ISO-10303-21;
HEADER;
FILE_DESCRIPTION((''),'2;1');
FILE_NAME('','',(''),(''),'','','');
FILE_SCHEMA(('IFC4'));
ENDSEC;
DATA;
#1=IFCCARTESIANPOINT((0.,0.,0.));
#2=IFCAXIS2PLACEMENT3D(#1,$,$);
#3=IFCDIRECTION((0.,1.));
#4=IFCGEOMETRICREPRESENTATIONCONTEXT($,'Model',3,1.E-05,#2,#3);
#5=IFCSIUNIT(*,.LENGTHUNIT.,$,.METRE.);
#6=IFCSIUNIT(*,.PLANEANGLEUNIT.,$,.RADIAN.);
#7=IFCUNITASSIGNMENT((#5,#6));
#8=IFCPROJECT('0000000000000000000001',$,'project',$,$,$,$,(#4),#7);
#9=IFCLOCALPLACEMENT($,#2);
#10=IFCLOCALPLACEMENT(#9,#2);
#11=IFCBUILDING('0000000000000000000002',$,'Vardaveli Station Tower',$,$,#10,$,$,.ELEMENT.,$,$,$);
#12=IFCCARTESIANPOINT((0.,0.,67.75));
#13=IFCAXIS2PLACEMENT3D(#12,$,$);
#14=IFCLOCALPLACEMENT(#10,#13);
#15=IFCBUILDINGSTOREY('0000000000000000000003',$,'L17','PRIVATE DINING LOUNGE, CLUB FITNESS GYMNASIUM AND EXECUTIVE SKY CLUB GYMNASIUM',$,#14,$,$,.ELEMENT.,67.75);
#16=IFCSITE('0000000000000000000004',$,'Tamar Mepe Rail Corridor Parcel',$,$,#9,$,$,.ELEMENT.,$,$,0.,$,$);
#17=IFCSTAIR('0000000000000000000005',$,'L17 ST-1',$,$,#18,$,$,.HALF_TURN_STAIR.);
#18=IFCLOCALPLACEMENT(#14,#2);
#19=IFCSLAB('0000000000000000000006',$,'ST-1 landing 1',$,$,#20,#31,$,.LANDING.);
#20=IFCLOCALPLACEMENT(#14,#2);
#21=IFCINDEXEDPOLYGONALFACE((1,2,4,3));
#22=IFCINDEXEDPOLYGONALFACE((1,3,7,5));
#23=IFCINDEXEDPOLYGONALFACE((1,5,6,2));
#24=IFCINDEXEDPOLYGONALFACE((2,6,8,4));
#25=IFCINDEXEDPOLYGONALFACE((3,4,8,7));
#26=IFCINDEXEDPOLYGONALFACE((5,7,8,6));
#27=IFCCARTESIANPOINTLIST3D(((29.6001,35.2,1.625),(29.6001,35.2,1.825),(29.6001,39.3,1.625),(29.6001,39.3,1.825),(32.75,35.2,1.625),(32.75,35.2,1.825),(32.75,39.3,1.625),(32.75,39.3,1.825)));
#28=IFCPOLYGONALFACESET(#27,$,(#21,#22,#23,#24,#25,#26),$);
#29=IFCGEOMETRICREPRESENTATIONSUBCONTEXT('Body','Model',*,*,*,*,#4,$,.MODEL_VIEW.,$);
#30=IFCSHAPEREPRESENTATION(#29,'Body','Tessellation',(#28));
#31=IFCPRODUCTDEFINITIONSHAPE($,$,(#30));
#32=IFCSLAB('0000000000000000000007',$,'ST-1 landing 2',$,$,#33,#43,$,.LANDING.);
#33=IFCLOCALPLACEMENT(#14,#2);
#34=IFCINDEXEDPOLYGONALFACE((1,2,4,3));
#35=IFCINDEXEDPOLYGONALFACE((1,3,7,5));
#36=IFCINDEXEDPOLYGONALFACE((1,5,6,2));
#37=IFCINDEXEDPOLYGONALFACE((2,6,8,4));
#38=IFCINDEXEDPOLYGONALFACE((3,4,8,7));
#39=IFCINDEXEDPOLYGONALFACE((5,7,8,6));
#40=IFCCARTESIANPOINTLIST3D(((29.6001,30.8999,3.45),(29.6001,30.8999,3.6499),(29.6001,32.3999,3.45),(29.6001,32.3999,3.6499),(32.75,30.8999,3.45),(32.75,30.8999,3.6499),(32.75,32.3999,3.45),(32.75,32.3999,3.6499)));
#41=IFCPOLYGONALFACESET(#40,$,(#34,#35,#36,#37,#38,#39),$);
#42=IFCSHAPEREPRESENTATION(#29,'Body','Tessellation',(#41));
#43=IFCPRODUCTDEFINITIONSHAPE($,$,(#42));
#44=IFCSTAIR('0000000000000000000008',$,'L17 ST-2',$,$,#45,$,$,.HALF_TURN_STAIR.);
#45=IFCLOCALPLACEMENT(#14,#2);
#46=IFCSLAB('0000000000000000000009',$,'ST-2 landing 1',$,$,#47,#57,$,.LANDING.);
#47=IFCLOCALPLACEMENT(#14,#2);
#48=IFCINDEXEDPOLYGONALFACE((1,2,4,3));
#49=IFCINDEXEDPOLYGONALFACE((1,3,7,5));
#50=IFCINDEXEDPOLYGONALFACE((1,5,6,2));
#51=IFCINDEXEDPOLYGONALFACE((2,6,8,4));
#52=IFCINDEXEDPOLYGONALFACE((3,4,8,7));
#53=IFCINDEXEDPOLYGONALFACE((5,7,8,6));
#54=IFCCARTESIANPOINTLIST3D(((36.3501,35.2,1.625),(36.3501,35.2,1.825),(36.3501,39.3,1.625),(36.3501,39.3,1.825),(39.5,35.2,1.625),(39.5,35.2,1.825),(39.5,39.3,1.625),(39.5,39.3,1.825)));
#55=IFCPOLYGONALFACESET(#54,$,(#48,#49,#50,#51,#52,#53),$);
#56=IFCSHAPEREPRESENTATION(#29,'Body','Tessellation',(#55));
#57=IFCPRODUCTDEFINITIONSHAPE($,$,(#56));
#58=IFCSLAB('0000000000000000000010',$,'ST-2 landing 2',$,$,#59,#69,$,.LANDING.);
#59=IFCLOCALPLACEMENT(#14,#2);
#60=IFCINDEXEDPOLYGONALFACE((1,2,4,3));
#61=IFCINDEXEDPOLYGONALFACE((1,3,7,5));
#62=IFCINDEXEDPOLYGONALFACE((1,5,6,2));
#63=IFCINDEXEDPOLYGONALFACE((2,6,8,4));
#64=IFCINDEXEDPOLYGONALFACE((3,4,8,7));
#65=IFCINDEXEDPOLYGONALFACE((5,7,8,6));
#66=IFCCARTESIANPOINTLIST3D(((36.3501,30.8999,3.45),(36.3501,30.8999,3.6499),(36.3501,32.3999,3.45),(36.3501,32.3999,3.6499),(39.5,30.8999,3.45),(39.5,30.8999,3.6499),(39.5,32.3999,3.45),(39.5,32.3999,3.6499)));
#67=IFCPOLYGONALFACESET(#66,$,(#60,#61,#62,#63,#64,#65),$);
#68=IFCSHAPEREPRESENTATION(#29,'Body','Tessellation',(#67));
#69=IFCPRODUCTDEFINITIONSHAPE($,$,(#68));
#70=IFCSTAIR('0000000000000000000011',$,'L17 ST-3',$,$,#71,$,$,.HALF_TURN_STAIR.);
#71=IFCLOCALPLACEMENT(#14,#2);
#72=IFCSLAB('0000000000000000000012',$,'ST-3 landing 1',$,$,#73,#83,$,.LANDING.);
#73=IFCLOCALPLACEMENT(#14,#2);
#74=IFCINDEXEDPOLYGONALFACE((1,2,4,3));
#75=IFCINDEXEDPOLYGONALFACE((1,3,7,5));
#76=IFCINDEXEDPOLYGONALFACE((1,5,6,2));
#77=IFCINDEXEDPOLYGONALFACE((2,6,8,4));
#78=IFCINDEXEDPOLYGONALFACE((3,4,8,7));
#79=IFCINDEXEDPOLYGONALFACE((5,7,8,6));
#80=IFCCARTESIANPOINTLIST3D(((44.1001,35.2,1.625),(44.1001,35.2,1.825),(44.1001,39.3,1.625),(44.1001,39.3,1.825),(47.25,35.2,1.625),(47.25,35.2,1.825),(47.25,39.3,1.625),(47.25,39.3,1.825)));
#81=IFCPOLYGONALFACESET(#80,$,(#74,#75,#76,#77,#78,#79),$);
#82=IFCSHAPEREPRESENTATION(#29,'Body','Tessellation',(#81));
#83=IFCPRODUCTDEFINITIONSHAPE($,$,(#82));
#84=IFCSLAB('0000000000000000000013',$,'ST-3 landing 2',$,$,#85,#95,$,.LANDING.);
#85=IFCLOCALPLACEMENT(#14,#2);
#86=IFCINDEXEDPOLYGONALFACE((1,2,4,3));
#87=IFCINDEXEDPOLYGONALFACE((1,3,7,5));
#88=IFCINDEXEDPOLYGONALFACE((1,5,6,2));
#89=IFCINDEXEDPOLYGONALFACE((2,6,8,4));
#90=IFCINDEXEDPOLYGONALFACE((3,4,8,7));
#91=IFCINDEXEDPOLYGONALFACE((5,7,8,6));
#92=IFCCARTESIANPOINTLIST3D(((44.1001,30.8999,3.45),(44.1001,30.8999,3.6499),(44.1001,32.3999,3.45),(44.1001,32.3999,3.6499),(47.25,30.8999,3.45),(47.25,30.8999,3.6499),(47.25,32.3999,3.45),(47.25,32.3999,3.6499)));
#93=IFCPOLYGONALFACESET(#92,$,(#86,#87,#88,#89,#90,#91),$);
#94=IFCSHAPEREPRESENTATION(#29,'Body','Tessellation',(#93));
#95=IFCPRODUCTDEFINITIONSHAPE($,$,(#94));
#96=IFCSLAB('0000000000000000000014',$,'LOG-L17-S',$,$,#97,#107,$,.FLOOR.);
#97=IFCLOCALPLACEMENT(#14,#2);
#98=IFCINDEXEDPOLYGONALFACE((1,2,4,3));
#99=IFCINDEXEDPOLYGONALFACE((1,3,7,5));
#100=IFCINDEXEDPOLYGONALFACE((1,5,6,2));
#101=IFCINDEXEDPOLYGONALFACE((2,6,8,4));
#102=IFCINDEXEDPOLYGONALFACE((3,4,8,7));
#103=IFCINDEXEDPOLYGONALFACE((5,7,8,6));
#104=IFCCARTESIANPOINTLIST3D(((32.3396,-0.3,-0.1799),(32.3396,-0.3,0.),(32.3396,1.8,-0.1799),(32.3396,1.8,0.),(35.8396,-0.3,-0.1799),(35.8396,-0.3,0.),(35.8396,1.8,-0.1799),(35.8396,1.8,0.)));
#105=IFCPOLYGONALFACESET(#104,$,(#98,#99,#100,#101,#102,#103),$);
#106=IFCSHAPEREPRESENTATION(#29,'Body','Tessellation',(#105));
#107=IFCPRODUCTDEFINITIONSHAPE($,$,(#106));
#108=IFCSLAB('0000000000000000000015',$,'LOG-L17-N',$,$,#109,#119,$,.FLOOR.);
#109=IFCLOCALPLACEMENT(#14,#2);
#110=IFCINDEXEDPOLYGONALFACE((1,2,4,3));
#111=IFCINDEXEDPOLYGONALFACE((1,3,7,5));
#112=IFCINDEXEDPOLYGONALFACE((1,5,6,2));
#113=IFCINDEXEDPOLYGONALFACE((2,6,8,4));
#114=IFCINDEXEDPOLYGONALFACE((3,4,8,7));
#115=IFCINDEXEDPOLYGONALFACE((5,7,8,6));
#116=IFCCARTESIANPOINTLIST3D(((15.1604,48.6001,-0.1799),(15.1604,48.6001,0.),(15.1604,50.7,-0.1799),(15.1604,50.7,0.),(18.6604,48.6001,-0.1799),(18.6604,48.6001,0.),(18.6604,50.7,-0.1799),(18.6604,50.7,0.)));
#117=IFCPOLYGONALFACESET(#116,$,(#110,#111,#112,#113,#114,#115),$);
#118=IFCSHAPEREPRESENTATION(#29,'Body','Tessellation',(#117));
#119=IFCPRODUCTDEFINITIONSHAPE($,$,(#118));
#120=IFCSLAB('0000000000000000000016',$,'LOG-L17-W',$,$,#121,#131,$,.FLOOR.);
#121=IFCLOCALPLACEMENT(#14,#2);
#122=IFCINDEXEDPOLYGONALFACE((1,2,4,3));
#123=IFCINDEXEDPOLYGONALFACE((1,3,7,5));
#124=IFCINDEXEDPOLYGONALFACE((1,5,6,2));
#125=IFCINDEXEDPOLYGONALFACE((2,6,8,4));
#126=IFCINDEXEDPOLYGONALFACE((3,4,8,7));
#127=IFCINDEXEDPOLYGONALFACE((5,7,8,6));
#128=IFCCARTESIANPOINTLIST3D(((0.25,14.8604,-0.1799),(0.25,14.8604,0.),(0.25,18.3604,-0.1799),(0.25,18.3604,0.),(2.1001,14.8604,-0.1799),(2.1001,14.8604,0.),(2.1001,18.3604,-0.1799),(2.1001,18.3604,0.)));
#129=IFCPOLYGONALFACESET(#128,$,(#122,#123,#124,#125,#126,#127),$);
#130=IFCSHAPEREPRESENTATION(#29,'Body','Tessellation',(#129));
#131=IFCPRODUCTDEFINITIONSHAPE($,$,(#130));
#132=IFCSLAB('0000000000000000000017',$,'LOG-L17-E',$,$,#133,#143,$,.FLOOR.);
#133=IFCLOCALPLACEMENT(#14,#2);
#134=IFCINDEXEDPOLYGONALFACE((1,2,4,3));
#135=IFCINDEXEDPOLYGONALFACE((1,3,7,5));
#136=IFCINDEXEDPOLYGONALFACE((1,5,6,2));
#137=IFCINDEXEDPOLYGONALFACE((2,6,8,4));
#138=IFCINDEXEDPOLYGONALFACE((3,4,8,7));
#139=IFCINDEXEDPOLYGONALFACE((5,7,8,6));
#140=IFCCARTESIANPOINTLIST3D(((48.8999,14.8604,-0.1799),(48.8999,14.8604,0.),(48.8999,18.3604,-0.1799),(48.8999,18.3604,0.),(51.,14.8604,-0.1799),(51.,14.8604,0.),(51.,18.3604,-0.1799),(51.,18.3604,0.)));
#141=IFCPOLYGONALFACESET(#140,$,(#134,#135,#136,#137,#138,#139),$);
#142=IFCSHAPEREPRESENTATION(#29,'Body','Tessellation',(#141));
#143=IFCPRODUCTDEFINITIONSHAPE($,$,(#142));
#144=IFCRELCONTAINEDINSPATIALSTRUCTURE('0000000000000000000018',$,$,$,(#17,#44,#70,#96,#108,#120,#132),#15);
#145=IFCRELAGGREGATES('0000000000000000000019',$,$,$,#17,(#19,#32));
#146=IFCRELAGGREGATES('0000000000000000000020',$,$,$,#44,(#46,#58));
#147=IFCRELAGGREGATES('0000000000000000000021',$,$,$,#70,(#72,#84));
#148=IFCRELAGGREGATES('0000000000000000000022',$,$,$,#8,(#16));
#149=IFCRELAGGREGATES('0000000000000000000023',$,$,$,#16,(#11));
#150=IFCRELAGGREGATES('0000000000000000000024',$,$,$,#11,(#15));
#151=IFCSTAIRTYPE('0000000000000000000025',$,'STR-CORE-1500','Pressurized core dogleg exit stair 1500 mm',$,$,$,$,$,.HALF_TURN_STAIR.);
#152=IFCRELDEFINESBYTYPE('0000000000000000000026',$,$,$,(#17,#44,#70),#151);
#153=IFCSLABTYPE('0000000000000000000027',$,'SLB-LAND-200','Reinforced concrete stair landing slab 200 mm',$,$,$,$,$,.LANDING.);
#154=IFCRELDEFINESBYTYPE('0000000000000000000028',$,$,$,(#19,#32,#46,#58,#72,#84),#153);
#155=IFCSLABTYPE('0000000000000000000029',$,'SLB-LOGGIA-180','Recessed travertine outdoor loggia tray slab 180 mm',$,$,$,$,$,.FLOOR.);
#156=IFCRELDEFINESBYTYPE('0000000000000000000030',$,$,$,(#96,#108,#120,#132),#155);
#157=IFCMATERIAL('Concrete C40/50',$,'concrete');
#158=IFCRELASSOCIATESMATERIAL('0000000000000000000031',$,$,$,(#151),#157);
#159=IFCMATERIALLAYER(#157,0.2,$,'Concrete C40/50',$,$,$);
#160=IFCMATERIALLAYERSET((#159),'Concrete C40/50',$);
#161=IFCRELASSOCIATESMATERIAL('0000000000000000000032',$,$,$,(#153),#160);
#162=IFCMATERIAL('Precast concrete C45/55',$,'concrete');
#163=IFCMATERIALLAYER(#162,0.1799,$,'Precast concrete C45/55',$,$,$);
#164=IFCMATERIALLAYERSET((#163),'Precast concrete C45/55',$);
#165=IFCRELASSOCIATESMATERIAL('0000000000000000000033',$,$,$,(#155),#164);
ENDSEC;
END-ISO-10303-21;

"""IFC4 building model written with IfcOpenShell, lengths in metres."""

from ifc_helpers import new_model, si_unit, direction, frame, origin, place, context, subcontext, project, spatial, polyline, outline, extrude, material, layer, layer_set, type_object, element, aggregate, save


model = new_model("IFC4")

# Units and contexts
model_context = context("Model", 3, precision=1e-05, world=origin(), true_north=direction((0.0, 1.0)))
body_context = subcontext(model_context, "Body", "Model", "MODEL_VIEW")
ifc_project = project(units=[si_unit("LENGTHUNIT", "METRE"), si_unit("PLANEANGLEUNIT", "RADIAN")], contexts=[model_context])

# Site, building, storey
site_placement = place(None, origin())
site = spatial("IfcSite", under=ifc_project, at=site_placement, Name="Tamar Mepe Rail Corridor Parcel", CompositionType="ELEMENT", RefElevation=0.0)
building_placement = place(site_placement, origin())
building = spatial("IfcBuilding", under=site, at=building_placement, Name="Vardaveli Station Tower", CompositionType="ELEMENT")
storey_placement = place(building_placement, frame((0.0, 0.0, 67.75)))
storey = spatial("IfcBuildingStorey", under=building, at=storey_placement, Name="L17", Description="PRIVATE DINING LOUNGE, CLUB FITNESS GYMNASIUM AND EXECUTIVE SKY CLUB GYMNASIUM", CompositionType="ELEMENT", Elevation=67.75)

# Stairs, slabs
ifc_material_1 = material(Name="Concrete C40/50", Category="concrete")
stair_type = type_object("IfcStairType", Name="STR-CORE-1500", Description="Pressurized core dogleg exit stair 1500 mm", PredefinedType="HALF_TURN_STAIR", material=ifc_material_1)
stair_1_placement = place(storey_placement, origin())
stair_1 = element("IfcStair", 1, at=stair_1_placement, inside=storey, type_object=stair_type, Name="L17 ST-1", PredefinedType="HALF_TURN_STAIR")
ifc_layer_1 = layer(ifc_material_1, 0.2, Name="Concrete C40/50")
ifc_layer_set_1 = layer_set([ifc_layer_1], Name="Concrete C40/50")
slab_type_1 = type_object("IfcSlabType", Name="SLB-LAND-200", Description="Reinforced concrete stair landing slab 200 mm", PredefinedType="LANDING", material=ifc_layer_set_1)
slab_1_placement = place(storey_placement, frame((0.0, 0.0, 1.625)))
slab_1 = element("IfcSlab", 2, at=slab_1_placement, type_object=slab_type_1, Name="ST-1 landing 1", PredefinedType="LANDING", context=body_context, shape_type="SweptSolid", body=[
    extrude(outline(polyline([(32.75, 35.2), (32.75, 39.3), (29.6001, 39.3), (29.6001, 35.2), (32.75, 35.2)])), origin(), (0.0, 0.0, 1.0), 0.2),
])
slab_2_placement = place(storey_placement, frame((0.0, 0.0, 3.45)))
slab_2 = element("IfcSlab", 3, at=slab_2_placement, type_object=slab_type_1, Name="ST-1 landing 2", PredefinedType="LANDING", context=body_context, shape_type="SweptSolid", body=[
    extrude(outline(polyline([(32.75, 30.8999), (32.75, 32.3999), (29.6001, 32.3999), (29.6001, 30.8999), (32.75, 30.8999)])), origin(), (0.0, 0.0, 1.0), 0.2),
])
aggregate(stair_1, [slab_1, slab_2])
stair_2_placement = place(storey_placement, origin())
stair_2 = element("IfcStair", 4, at=stair_2_placement, inside=storey, type_object=stair_type, Name="L17 ST-2", PredefinedType="HALF_TURN_STAIR")
slab_3_placement = place(storey_placement, frame((0.0, 0.0, 1.625)))
slab_3 = element("IfcSlab", 5, at=slab_3_placement, type_object=slab_type_1, Name="ST-2 landing 1", PredefinedType="LANDING", context=body_context, shape_type="SweptSolid", body=[
    extrude(outline(polyline([(39.5, 35.2), (39.5, 39.3), (36.3501, 39.3), (36.3501, 35.2), (39.5, 35.2)])), origin(), (0.0, 0.0, 1.0), 0.2),
])
slab_4_placement = place(storey_placement, frame((0.0, 0.0, 3.45)))
slab_4 = element("IfcSlab", 6, at=slab_4_placement, type_object=slab_type_1, Name="ST-2 landing 2", PredefinedType="LANDING", context=body_context, shape_type="SweptSolid", body=[
    extrude(outline(polyline([(39.5, 30.8999), (39.5, 32.3999), (36.3501, 32.3999), (36.3501, 30.8999), (39.5, 30.8999)])), origin(), (0.0, 0.0, 1.0), 0.2),
])
aggregate(stair_2, [slab_3, slab_4])
stair_3_placement = place(storey_placement, origin())
stair_3 = element("IfcStair", 7, at=stair_3_placement, inside=storey, type_object=stair_type, Name="L17 ST-3", PredefinedType="HALF_TURN_STAIR")
slab_5_placement = place(storey_placement, frame((0.0, 0.0, 1.625)))
slab_5 = element("IfcSlab", 8, at=slab_5_placement, type_object=slab_type_1, Name="ST-3 landing 1", PredefinedType="LANDING", context=body_context, shape_type="SweptSolid", body=[
    extrude(outline(polyline([(47.25, 35.2), (47.25, 39.3), (44.1001, 39.3), (44.1001, 35.2), (47.25, 35.2)])), origin(), (0.0, 0.0, 1.0), 0.2),
])
slab_6_placement = place(storey_placement, frame((0.0, 0.0, 3.45)))
slab_6 = element("IfcSlab", 9, at=slab_6_placement, type_object=slab_type_1, Name="ST-3 landing 2", PredefinedType="LANDING", context=body_context, shape_type="SweptSolid", body=[
    extrude(outline(polyline([(47.25, 30.8999), (47.25, 32.3999), (44.1001, 32.3999), (44.1001, 30.8999), (47.25, 30.8999)])), origin(), (0.0, 0.0, 1.0), 0.2),
])
aggregate(stair_3, [slab_5, slab_6])

# Slabs
ifc_material_2 = material(Name="Precast concrete C45/55", Category="concrete")
ifc_layer_2 = layer(ifc_material_2, 0.1799, Name="Precast concrete C45/55")
ifc_layer_set_2 = layer_set([ifc_layer_2], Name="Precast concrete C45/55")
slab_type_2 = type_object("IfcSlabType", Name="SLB-LOGGIA-180", Description="Recessed travertine outdoor loggia tray slab 180 mm", PredefinedType="FLOOR", material=ifc_layer_set_2)
slab_7_placement = place(storey_placement, frame((0.0, 0.0, -0.1799)))
element("IfcSlab", 10, at=slab_7_placement, inside=storey, type_object=slab_type_2, Name="LOG-L17-S", PredefinedType="FLOOR", context=body_context, shape_type="SweptSolid", body=[
    extrude(outline(polyline([(32.3396, -0.3), (35.8396, -0.3), (35.8396, 1.8), (32.3396, 1.8), (32.3396, -0.3)])), origin(), (0.0, 0.0, 1.0), 0.1799),
])
slab_8_placement = place(storey_placement, frame((0.0, 0.0, -0.1799)))
element("IfcSlab", 11, at=slab_8_placement, inside=storey, type_object=slab_type_2, Name="LOG-L17-N", PredefinedType="FLOOR", context=body_context, shape_type="SweptSolid", body=[
    extrude(outline(polyline([(15.1604, 48.6001), (18.6604, 48.6001), (18.6604, 50.7), (15.1604, 50.7), (15.1604, 48.6001)])), origin(), (0.0, 0.0, 1.0), 0.1799),
])
slab_9_placement = place(storey_placement, frame((0.0, 0.0, -0.1799)))
element("IfcSlab", 12, at=slab_9_placement, inside=storey, type_object=slab_type_2, Name="LOG-L17-W", PredefinedType="FLOOR", context=body_context, shape_type="SweptSolid", body=[
    extrude(outline(polyline([(0.25, 14.8604), (2.1001, 14.8604), (2.1001, 18.3604), (0.25, 18.3604), (0.25, 14.8604)])), origin(), (0.0, 0.0, 1.0), 0.1799),
])
slab_10_placement = place(storey_placement, frame((0.0, 0.0, -0.1799)))
element("IfcSlab", 13, at=slab_10_placement, inside=storey, type_object=slab_type_2, Name="LOG-L17-E", PredefinedType="FLOOR", context=body_context, shape_type="SweptSolid", body=[
    extrude(outline(polyline([(48.8999, 14.8604), (51.0, 14.8604), (51.0, 18.3604), (48.8999, 18.3604), (48.8999, 14.8604)])), origin(), (0.0, 0.0, 1.0), 0.1799),
])

save(model, "model.ifc")
